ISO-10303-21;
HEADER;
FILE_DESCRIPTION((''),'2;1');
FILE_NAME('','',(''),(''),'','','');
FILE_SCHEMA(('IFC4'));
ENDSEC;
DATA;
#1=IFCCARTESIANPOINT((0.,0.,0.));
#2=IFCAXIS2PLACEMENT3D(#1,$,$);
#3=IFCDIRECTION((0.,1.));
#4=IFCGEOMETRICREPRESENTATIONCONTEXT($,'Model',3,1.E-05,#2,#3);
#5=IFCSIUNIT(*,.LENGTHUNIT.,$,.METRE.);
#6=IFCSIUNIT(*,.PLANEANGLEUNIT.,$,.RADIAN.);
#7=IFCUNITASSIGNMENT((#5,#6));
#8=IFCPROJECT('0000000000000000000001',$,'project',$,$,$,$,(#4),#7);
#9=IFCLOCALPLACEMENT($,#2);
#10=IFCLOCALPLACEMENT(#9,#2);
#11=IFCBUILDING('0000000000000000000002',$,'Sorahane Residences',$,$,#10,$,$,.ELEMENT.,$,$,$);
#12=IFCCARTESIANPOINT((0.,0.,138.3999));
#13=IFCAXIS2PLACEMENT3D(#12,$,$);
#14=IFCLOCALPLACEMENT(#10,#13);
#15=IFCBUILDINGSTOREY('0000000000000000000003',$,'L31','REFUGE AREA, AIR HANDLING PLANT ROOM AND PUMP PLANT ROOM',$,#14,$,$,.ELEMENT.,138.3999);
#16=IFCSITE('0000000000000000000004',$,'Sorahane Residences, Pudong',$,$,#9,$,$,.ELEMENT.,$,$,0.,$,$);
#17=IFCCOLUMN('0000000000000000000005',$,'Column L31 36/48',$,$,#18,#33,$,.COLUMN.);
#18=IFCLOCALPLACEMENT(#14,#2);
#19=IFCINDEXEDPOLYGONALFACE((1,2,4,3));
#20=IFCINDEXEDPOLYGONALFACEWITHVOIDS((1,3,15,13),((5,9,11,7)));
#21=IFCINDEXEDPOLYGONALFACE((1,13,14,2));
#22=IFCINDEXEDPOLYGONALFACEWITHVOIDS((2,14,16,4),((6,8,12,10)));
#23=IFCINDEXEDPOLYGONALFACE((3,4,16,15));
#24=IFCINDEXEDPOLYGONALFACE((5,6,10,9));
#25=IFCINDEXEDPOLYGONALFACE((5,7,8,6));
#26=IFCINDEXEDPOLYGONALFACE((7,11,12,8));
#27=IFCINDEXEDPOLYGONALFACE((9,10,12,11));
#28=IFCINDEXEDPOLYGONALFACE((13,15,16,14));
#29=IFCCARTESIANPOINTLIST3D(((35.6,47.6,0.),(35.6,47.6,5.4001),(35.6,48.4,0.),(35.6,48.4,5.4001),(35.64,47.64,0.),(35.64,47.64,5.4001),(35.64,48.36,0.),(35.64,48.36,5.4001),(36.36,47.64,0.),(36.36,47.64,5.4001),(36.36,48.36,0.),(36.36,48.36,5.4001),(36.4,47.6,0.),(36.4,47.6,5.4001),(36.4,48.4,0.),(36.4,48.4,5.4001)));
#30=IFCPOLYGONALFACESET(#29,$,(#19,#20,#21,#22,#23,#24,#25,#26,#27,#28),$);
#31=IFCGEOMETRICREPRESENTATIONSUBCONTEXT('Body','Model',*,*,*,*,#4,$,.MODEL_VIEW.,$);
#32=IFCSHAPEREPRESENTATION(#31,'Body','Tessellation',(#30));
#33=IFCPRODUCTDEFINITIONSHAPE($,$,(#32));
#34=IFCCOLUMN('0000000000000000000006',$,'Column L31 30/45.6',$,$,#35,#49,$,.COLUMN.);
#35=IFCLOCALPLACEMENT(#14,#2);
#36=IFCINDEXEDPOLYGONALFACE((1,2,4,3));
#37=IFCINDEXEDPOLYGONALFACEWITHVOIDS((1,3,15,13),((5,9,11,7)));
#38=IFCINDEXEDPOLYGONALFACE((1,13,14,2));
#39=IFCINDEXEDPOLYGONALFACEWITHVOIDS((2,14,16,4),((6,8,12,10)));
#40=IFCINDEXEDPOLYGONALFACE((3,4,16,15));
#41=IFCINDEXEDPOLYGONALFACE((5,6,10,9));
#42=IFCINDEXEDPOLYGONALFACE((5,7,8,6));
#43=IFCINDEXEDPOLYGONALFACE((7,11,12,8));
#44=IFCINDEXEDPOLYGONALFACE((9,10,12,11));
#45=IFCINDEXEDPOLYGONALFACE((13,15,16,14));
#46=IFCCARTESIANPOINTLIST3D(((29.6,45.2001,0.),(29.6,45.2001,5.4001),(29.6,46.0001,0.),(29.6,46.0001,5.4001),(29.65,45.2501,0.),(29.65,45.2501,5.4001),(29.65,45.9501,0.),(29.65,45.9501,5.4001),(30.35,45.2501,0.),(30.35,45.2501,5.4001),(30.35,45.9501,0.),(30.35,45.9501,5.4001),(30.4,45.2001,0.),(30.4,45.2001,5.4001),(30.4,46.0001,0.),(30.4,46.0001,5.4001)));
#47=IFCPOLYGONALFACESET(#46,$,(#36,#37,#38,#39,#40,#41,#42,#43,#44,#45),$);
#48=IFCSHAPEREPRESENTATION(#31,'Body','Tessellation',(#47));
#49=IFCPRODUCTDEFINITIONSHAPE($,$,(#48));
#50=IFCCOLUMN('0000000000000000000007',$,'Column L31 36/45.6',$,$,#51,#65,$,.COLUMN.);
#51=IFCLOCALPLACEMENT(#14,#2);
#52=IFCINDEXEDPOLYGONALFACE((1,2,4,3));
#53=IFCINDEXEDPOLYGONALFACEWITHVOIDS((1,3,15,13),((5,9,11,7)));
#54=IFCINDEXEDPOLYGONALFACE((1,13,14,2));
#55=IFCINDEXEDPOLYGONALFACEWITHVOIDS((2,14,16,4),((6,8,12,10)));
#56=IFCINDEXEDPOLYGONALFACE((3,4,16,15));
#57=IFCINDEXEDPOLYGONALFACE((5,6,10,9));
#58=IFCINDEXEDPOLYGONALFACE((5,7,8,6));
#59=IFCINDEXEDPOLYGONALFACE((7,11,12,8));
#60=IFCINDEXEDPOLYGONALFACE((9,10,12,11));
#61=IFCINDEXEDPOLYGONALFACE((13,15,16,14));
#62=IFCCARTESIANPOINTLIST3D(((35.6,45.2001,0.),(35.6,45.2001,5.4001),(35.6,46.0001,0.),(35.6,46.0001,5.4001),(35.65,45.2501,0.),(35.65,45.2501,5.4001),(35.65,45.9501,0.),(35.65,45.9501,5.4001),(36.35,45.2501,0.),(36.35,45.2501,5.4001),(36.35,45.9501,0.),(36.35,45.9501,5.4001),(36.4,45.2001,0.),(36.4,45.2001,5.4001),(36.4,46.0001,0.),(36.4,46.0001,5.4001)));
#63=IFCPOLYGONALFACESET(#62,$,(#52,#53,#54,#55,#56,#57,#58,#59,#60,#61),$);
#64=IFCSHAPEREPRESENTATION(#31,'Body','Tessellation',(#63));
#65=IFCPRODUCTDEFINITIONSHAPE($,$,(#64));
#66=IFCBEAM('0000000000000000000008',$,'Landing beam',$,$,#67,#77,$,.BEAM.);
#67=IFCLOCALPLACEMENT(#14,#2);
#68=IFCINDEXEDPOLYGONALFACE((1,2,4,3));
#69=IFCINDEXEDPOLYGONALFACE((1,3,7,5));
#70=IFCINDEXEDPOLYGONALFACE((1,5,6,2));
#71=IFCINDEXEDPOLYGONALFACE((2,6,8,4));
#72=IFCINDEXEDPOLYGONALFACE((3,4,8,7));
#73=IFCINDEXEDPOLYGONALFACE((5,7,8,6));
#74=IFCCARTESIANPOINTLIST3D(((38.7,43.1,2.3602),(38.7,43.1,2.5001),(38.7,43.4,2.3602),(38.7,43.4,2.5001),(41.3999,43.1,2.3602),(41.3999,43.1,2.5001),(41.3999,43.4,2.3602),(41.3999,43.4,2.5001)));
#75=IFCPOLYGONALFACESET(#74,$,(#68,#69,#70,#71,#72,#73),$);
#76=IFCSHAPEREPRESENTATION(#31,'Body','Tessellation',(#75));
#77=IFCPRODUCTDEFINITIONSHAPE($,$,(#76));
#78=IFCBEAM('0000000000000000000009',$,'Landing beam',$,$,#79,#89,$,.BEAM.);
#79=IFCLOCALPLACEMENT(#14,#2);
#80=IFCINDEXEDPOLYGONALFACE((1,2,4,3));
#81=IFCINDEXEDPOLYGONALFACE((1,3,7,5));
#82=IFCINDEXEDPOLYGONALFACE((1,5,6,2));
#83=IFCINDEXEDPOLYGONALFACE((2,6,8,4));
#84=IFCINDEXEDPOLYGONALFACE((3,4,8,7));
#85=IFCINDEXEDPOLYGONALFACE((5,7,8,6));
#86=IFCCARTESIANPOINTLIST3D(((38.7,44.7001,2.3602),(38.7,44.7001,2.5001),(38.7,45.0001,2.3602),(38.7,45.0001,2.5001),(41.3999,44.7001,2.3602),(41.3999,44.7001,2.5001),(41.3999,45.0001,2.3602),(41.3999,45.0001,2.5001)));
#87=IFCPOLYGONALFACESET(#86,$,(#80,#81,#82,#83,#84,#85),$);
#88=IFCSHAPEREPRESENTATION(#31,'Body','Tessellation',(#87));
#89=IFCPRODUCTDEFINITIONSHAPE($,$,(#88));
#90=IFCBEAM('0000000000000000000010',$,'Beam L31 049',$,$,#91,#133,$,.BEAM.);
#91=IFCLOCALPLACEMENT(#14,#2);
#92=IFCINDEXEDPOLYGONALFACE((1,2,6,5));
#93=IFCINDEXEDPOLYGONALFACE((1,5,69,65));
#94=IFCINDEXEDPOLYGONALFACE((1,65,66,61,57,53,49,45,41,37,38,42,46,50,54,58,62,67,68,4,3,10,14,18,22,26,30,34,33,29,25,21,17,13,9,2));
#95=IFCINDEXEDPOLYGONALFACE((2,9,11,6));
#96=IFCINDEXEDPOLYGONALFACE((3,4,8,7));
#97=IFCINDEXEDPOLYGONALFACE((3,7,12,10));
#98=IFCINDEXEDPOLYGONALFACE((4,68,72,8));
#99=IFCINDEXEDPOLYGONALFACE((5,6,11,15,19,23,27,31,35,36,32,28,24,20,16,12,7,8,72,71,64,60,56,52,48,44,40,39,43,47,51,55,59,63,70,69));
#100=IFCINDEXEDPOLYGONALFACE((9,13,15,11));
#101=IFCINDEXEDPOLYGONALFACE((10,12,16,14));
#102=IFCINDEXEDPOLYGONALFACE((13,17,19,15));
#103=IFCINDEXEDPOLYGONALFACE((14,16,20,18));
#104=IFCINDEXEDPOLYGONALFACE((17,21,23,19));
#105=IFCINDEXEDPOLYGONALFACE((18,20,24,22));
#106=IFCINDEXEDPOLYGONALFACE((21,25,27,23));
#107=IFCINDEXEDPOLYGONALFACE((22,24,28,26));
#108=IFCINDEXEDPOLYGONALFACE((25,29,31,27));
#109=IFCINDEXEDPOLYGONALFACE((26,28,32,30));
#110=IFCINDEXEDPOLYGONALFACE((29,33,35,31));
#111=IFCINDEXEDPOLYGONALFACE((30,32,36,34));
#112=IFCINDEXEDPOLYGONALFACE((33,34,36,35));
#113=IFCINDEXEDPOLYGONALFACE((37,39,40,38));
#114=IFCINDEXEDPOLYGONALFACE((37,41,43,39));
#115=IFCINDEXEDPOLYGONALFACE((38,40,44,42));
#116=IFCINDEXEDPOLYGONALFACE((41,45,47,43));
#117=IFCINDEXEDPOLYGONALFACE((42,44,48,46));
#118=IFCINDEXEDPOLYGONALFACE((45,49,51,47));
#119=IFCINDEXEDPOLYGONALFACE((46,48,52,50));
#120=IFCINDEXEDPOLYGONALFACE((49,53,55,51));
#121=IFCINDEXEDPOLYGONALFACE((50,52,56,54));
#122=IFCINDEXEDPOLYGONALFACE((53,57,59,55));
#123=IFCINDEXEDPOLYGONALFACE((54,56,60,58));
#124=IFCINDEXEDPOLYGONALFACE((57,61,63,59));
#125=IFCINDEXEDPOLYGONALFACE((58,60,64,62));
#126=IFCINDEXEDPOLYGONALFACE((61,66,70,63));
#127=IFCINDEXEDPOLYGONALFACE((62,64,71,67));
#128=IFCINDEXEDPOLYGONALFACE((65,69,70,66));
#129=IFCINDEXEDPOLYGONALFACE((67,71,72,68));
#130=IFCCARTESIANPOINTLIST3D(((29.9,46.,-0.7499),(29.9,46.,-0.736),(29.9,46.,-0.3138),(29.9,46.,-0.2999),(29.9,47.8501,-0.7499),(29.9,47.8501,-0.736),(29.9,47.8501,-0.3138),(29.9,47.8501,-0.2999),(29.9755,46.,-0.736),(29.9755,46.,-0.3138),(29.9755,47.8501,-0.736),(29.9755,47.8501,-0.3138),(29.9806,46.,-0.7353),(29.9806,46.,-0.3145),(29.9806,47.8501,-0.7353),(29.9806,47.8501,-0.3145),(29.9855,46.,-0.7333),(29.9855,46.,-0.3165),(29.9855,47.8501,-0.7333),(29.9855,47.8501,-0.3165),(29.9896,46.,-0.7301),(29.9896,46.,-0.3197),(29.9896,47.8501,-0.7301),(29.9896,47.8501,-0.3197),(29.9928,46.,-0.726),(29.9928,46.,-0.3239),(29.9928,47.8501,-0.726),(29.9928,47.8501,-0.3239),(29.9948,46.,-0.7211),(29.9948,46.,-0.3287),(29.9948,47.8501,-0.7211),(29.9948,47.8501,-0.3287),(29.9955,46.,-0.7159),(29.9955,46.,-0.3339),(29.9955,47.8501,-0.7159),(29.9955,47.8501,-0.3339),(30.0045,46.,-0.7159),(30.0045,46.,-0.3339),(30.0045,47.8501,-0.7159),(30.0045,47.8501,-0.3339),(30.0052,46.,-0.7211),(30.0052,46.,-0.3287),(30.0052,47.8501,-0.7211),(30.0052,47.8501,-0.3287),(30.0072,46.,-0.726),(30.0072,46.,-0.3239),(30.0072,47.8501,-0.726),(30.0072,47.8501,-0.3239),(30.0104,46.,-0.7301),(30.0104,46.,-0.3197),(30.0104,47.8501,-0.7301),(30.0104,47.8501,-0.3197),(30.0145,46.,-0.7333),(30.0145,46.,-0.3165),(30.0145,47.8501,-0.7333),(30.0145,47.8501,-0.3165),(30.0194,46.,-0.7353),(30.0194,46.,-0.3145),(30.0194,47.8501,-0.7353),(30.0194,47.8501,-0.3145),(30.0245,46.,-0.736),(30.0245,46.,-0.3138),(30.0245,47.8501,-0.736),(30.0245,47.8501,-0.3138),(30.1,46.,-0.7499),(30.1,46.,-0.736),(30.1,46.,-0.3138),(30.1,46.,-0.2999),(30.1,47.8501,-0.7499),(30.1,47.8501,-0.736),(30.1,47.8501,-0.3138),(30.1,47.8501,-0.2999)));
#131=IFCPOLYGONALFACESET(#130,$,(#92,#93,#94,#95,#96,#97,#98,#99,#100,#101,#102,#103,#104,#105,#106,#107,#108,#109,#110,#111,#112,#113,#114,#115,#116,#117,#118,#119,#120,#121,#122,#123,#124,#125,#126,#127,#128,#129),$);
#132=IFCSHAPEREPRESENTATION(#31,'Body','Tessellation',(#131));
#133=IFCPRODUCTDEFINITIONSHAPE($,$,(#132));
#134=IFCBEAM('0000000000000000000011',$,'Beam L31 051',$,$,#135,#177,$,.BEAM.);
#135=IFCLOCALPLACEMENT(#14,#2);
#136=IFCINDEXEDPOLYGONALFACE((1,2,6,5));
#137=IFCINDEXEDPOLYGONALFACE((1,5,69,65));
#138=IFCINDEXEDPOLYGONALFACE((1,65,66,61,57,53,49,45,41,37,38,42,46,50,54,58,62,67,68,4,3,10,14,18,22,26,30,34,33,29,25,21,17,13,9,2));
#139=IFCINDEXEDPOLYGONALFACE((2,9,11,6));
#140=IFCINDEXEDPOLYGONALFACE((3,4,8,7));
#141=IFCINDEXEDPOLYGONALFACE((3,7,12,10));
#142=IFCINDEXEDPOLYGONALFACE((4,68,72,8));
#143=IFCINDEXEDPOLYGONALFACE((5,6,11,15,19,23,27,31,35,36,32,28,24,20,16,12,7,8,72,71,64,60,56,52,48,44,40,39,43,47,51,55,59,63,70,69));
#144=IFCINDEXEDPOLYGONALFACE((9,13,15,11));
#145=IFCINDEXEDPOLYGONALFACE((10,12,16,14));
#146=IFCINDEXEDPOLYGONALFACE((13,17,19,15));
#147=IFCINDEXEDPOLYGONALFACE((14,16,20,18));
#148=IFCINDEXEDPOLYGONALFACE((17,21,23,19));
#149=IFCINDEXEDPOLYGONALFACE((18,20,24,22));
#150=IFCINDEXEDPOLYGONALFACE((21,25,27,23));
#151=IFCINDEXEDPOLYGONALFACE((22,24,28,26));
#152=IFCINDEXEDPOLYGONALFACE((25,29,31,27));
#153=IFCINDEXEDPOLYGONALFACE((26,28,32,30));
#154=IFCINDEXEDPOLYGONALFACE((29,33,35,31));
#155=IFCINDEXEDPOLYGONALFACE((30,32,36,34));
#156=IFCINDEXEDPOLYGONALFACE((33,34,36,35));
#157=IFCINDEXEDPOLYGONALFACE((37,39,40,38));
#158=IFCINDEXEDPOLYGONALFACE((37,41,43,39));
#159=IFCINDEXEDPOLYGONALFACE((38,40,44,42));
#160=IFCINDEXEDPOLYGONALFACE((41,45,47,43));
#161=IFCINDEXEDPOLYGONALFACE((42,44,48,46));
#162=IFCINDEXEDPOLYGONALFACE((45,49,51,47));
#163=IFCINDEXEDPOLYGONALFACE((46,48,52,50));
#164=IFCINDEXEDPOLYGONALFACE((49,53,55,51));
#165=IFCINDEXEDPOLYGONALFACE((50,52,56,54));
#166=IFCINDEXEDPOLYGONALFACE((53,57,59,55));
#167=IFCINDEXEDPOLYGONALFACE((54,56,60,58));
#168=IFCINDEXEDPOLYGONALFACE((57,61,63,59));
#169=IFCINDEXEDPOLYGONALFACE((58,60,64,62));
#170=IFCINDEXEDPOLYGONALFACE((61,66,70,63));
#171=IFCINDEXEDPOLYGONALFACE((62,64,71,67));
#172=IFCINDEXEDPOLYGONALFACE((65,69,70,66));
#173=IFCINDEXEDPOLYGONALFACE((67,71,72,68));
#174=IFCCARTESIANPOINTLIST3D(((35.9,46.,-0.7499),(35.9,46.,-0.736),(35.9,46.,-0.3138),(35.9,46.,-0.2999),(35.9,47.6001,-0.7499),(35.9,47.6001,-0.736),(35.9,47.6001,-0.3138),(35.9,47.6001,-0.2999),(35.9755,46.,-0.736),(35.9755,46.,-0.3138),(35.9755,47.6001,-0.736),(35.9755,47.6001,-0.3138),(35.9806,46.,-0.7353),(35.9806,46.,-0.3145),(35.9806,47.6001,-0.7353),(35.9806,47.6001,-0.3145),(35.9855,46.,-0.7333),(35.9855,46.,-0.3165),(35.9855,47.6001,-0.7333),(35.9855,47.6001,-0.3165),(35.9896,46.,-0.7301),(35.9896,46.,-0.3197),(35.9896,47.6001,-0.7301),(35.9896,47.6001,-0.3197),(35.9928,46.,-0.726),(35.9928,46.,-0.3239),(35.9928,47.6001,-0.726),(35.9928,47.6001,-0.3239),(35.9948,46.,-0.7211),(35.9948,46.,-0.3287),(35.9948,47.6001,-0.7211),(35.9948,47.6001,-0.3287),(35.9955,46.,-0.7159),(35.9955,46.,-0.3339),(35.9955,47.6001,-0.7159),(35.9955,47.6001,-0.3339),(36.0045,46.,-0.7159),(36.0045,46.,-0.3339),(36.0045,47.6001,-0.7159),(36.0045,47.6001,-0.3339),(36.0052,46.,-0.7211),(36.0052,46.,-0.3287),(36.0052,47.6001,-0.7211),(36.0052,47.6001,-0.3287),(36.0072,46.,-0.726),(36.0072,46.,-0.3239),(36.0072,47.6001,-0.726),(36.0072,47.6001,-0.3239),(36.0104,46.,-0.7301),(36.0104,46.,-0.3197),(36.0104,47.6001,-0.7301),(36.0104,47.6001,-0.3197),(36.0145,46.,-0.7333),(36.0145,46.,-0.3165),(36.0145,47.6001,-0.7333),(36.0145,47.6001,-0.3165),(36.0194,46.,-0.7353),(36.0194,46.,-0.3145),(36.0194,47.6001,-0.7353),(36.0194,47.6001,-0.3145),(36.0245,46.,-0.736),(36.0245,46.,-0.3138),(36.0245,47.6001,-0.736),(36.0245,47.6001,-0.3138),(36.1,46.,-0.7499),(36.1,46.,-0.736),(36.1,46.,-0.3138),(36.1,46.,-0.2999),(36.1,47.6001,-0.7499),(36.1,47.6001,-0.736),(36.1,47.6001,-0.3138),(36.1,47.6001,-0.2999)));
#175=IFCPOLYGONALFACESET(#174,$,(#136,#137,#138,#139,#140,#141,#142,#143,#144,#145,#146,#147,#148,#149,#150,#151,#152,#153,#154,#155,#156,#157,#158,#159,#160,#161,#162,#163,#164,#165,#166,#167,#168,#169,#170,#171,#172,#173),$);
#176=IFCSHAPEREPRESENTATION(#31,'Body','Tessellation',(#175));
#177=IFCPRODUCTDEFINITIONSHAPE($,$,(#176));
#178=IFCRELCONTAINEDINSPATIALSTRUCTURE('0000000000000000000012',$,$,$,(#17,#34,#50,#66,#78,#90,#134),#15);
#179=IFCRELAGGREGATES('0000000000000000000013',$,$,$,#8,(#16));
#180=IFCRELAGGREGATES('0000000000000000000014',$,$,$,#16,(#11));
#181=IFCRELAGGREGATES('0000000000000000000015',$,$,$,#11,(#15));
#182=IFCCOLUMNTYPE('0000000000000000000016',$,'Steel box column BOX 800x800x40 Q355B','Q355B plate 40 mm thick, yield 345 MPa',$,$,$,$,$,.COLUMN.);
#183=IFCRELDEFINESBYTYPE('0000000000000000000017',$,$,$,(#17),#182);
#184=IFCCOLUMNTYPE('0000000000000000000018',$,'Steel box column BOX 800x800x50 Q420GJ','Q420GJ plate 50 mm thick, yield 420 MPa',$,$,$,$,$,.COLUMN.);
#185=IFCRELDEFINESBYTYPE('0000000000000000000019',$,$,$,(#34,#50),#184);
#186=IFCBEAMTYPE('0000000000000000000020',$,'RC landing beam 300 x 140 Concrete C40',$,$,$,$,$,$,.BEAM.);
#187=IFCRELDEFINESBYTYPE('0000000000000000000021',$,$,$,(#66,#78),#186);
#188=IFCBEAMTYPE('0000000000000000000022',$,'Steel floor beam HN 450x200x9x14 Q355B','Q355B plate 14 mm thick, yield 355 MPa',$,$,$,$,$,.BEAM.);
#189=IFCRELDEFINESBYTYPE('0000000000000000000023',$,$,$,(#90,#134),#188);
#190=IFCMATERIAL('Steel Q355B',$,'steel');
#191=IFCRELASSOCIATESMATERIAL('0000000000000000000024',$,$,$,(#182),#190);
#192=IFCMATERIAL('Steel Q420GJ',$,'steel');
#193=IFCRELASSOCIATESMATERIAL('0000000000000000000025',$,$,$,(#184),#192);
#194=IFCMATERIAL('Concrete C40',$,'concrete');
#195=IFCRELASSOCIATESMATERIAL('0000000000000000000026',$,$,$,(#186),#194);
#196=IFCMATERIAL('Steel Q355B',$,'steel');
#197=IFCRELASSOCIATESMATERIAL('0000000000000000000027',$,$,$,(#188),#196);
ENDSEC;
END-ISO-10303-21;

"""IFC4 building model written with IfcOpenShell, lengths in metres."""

from ifc_helpers import new_model, si_unit, direction, frame, origin, origin_2d, place, context, subcontext, project, spatial, rectangle, hollow_rectangle, i_section, extrude, material, material_profile, profile_set, type_object, element, save


model = new_model("IFC4")

# Units and contexts
model_context = context("Model", 3, precision=1e-05, world=origin(), true_north=direction((0.0, 1.0)))
body_context = subcontext(model_context, "Body", "Model", "MODEL_VIEW")
ifc_project = project(units=[si_unit("LENGTHUNIT", "METRE"), si_unit("PLANEANGLEUNIT", "RADIAN")], contexts=[model_context])

# Site, building, storey
site_placement = place(None, origin())
site = spatial("IfcSite", under=ifc_project, at=site_placement, Name="Sorahane Residences, Pudong", CompositionType="ELEMENT", RefElevation=0.0)
building_placement = place(site_placement, origin())
building = spatial("IfcBuilding", under=site, at=building_placement, Name="Sorahane Residences", CompositionType="ELEMENT")
storey_placement = place(building_placement, frame((0.0, 0.0, 138.3999)))
storey = spatial("IfcBuildingStorey", under=building, at=storey_placement, Name="L31", Description="REFUGE AREA, AIR HANDLING PLANT ROOM AND PUMP PLANT ROOM", CompositionType="ELEMENT", Elevation=138.3999)

# Columns
ifc_material_1 = material(Name="Steel Q355B", Category="steel")
ifc_material_profile_1 = material_profile(ifc_material_1, hollow_rectangle(XDim=0.8, YDim=0.8, WallThickness=0.04, at=origin_2d()), Name="BOX 800x800x40")
ifc_profile_set_1 = profile_set([ifc_material_profile_1], Name="Steel Q355B")
column_type_1 = type_object("IfcColumnType", Name="Steel box column BOX 800x800x40 Q355B", Description="Q355B plate 40 mm thick, yield 345 MPa", PredefinedType="COLUMN", material=ifc_profile_set_1)
column_placement = place(storey_placement, frame((36.0, 48.0, 0.0), z_axis=(0.0, 0.0, 1.0), x_axis=(1.0, 0.0, 0.0)))
element("IfcColumn", 1, at=column_placement, inside=storey, type_object=column_type_1, Name="Column L31 36/48", PredefinedType="COLUMN", context=body_context, shape_type="SweptSolid", body=[
    extrude(hollow_rectangle(XDim=0.8, YDim=0.8, WallThickness=0.04, at=origin_2d()), origin(), (0.0, 0.0, 1.0), 5.4001),
])
ifc_material_2 = material(Name="Steel Q420GJ", Category="steel")
ifc_material_profile_2 = material_profile(ifc_material_2, hollow_rectangle(XDim=0.8, YDim=0.8, WallThickness=0.05, at=origin_2d()), Name="BOX 800x800x50")
ifc_profile_set_2 = profile_set([ifc_material_profile_2], Name="Steel Q420GJ")
column_type_2 = type_object("IfcColumnType", Name="Steel box column BOX 800x800x50 Q420GJ", Description="Q420GJ plate 50 mm thick, yield 420 MPa", PredefinedType="COLUMN", material=ifc_profile_set_2)
for number, where, z_axis, x_axis, name in (
    (2, (30.0, 45.6001, 0.0), (0.0, 0.0, 1.0), (1.0, 0.0, 0.0), "Column L31 30/45.6"),
    (3, (36.0, 45.6001, 0.0), (0.0, 0.0, 1.0), (1.0, 0.0, 0.0), "Column L31 36/45.6"),
):
    element("IfcColumn", number, at=place(storey_placement, frame(where, z_axis=z_axis, x_axis=x_axis)), inside=storey, type_object=column_type_2, Name=name, PredefinedType="COLUMN", context=body_context, shape_type="SweptSolid", body=[
        extrude(hollow_rectangle(XDim=0.8, YDim=0.8, WallThickness=0.05, at=origin_2d()), origin(), (0.0, 0.0, 1.0), 5.4001),
    ])

# Beams
ifc_material_3 = material(Name="Concrete C40", Category="concrete")
ifc_material_profile_3 = material_profile(ifc_material_3, rectangle(XDim=0.3, YDim=0.1399, at=origin_2d()), Name="300x140")
ifc_profile_set_3 = profile_set([ifc_material_profile_3], Name="Concrete C40")
beam_type_1 = type_object("IfcBeamType", Name="RC landing beam 300 x 140 Concrete C40", PredefinedType="BEAM", material=ifc_profile_set_3)
for number, where, z_axis, x_axis, name in (
    (4, (38.7, 43.25, 2.4302), (1.0, 0.0, 0.0), (0.0, 1.0, 0.0), "Landing beam"),
    (5, (38.7, 44.8501, 2.4302), (1.0, 0.0, 0.0), (0.0, 1.0, 0.0), "Landing beam"),
):
    element("IfcBeam", number, at=place(storey_placement, frame(where, z_axis=z_axis, x_axis=x_axis)), inside=storey, type_object=beam_type_1, Name=name, PredefinedType="BEAM", context=body_context, shape_type="SweptSolid", body=[
        extrude(rectangle(XDim=0.3, YDim=0.1399, at=origin_2d()), origin(), (0.0, 0.0, 1.0), 2.7),
    ])
ifc_material_4 = material(Name="Steel Q355B", Category="steel")
ifc_material_profile_4 = material_profile(ifc_material_4, i_section(OverallWidth=0.2, OverallDepth=0.45, WebThickness=0.009, FlangeThickness=0.0139, FilletRadius=0.02, at=origin_2d()), Name="HN 450x200x9x14")
ifc_profile_set_4 = profile_set([ifc_material_profile_4], Name="Steel Q355B")
beam_type_2 = type_object("IfcBeamType", Name="Steel floor beam HN 450x200x9x14 Q355B", Description="Q355B plate 14 mm thick, yield 355 MPa", PredefinedType="BEAM", material=ifc_profile_set_4)
beam_1_placement = place(storey_placement, frame((30.0, 46.0, -0.5249), z_axis=(0.0, 1.0, 0.0), x_axis=(-1.0, 0.0, 0.0)))
element("IfcBeam", 6, at=beam_1_placement, inside=storey, type_object=beam_type_2, Name="Beam L31 049", PredefinedType="BEAM", context=body_context, shape_type="SweptSolid", body=[
    extrude(i_section(OverallWidth=0.2, OverallDepth=0.45, WebThickness=0.009, FlangeThickness=0.0139, FilletRadius=0.02, at=origin_2d()), origin(), (0.0, 0.0, 1.0), 1.8501),
])
beam_2_placement = place(storey_placement, frame((36.0, 46.0, -0.5249), z_axis=(0.0, 1.0, 0.0), x_axis=(-1.0, 0.0, 0.0)))
element("IfcBeam", 7, at=beam_2_placement, inside=storey, type_object=beam_type_2, Name="Beam L31 051", PredefinedType="BEAM", context=body_context, shape_type="SweptSolid", body=[
    extrude(i_section(OverallWidth=0.2, OverallDepth=0.45, WebThickness=0.009, FlangeThickness=0.0139, FilletRadius=0.02, at=origin_2d()), origin(), (0.0, 0.0, 1.0), 1.6001),
])

save(model, "model.ifc")
